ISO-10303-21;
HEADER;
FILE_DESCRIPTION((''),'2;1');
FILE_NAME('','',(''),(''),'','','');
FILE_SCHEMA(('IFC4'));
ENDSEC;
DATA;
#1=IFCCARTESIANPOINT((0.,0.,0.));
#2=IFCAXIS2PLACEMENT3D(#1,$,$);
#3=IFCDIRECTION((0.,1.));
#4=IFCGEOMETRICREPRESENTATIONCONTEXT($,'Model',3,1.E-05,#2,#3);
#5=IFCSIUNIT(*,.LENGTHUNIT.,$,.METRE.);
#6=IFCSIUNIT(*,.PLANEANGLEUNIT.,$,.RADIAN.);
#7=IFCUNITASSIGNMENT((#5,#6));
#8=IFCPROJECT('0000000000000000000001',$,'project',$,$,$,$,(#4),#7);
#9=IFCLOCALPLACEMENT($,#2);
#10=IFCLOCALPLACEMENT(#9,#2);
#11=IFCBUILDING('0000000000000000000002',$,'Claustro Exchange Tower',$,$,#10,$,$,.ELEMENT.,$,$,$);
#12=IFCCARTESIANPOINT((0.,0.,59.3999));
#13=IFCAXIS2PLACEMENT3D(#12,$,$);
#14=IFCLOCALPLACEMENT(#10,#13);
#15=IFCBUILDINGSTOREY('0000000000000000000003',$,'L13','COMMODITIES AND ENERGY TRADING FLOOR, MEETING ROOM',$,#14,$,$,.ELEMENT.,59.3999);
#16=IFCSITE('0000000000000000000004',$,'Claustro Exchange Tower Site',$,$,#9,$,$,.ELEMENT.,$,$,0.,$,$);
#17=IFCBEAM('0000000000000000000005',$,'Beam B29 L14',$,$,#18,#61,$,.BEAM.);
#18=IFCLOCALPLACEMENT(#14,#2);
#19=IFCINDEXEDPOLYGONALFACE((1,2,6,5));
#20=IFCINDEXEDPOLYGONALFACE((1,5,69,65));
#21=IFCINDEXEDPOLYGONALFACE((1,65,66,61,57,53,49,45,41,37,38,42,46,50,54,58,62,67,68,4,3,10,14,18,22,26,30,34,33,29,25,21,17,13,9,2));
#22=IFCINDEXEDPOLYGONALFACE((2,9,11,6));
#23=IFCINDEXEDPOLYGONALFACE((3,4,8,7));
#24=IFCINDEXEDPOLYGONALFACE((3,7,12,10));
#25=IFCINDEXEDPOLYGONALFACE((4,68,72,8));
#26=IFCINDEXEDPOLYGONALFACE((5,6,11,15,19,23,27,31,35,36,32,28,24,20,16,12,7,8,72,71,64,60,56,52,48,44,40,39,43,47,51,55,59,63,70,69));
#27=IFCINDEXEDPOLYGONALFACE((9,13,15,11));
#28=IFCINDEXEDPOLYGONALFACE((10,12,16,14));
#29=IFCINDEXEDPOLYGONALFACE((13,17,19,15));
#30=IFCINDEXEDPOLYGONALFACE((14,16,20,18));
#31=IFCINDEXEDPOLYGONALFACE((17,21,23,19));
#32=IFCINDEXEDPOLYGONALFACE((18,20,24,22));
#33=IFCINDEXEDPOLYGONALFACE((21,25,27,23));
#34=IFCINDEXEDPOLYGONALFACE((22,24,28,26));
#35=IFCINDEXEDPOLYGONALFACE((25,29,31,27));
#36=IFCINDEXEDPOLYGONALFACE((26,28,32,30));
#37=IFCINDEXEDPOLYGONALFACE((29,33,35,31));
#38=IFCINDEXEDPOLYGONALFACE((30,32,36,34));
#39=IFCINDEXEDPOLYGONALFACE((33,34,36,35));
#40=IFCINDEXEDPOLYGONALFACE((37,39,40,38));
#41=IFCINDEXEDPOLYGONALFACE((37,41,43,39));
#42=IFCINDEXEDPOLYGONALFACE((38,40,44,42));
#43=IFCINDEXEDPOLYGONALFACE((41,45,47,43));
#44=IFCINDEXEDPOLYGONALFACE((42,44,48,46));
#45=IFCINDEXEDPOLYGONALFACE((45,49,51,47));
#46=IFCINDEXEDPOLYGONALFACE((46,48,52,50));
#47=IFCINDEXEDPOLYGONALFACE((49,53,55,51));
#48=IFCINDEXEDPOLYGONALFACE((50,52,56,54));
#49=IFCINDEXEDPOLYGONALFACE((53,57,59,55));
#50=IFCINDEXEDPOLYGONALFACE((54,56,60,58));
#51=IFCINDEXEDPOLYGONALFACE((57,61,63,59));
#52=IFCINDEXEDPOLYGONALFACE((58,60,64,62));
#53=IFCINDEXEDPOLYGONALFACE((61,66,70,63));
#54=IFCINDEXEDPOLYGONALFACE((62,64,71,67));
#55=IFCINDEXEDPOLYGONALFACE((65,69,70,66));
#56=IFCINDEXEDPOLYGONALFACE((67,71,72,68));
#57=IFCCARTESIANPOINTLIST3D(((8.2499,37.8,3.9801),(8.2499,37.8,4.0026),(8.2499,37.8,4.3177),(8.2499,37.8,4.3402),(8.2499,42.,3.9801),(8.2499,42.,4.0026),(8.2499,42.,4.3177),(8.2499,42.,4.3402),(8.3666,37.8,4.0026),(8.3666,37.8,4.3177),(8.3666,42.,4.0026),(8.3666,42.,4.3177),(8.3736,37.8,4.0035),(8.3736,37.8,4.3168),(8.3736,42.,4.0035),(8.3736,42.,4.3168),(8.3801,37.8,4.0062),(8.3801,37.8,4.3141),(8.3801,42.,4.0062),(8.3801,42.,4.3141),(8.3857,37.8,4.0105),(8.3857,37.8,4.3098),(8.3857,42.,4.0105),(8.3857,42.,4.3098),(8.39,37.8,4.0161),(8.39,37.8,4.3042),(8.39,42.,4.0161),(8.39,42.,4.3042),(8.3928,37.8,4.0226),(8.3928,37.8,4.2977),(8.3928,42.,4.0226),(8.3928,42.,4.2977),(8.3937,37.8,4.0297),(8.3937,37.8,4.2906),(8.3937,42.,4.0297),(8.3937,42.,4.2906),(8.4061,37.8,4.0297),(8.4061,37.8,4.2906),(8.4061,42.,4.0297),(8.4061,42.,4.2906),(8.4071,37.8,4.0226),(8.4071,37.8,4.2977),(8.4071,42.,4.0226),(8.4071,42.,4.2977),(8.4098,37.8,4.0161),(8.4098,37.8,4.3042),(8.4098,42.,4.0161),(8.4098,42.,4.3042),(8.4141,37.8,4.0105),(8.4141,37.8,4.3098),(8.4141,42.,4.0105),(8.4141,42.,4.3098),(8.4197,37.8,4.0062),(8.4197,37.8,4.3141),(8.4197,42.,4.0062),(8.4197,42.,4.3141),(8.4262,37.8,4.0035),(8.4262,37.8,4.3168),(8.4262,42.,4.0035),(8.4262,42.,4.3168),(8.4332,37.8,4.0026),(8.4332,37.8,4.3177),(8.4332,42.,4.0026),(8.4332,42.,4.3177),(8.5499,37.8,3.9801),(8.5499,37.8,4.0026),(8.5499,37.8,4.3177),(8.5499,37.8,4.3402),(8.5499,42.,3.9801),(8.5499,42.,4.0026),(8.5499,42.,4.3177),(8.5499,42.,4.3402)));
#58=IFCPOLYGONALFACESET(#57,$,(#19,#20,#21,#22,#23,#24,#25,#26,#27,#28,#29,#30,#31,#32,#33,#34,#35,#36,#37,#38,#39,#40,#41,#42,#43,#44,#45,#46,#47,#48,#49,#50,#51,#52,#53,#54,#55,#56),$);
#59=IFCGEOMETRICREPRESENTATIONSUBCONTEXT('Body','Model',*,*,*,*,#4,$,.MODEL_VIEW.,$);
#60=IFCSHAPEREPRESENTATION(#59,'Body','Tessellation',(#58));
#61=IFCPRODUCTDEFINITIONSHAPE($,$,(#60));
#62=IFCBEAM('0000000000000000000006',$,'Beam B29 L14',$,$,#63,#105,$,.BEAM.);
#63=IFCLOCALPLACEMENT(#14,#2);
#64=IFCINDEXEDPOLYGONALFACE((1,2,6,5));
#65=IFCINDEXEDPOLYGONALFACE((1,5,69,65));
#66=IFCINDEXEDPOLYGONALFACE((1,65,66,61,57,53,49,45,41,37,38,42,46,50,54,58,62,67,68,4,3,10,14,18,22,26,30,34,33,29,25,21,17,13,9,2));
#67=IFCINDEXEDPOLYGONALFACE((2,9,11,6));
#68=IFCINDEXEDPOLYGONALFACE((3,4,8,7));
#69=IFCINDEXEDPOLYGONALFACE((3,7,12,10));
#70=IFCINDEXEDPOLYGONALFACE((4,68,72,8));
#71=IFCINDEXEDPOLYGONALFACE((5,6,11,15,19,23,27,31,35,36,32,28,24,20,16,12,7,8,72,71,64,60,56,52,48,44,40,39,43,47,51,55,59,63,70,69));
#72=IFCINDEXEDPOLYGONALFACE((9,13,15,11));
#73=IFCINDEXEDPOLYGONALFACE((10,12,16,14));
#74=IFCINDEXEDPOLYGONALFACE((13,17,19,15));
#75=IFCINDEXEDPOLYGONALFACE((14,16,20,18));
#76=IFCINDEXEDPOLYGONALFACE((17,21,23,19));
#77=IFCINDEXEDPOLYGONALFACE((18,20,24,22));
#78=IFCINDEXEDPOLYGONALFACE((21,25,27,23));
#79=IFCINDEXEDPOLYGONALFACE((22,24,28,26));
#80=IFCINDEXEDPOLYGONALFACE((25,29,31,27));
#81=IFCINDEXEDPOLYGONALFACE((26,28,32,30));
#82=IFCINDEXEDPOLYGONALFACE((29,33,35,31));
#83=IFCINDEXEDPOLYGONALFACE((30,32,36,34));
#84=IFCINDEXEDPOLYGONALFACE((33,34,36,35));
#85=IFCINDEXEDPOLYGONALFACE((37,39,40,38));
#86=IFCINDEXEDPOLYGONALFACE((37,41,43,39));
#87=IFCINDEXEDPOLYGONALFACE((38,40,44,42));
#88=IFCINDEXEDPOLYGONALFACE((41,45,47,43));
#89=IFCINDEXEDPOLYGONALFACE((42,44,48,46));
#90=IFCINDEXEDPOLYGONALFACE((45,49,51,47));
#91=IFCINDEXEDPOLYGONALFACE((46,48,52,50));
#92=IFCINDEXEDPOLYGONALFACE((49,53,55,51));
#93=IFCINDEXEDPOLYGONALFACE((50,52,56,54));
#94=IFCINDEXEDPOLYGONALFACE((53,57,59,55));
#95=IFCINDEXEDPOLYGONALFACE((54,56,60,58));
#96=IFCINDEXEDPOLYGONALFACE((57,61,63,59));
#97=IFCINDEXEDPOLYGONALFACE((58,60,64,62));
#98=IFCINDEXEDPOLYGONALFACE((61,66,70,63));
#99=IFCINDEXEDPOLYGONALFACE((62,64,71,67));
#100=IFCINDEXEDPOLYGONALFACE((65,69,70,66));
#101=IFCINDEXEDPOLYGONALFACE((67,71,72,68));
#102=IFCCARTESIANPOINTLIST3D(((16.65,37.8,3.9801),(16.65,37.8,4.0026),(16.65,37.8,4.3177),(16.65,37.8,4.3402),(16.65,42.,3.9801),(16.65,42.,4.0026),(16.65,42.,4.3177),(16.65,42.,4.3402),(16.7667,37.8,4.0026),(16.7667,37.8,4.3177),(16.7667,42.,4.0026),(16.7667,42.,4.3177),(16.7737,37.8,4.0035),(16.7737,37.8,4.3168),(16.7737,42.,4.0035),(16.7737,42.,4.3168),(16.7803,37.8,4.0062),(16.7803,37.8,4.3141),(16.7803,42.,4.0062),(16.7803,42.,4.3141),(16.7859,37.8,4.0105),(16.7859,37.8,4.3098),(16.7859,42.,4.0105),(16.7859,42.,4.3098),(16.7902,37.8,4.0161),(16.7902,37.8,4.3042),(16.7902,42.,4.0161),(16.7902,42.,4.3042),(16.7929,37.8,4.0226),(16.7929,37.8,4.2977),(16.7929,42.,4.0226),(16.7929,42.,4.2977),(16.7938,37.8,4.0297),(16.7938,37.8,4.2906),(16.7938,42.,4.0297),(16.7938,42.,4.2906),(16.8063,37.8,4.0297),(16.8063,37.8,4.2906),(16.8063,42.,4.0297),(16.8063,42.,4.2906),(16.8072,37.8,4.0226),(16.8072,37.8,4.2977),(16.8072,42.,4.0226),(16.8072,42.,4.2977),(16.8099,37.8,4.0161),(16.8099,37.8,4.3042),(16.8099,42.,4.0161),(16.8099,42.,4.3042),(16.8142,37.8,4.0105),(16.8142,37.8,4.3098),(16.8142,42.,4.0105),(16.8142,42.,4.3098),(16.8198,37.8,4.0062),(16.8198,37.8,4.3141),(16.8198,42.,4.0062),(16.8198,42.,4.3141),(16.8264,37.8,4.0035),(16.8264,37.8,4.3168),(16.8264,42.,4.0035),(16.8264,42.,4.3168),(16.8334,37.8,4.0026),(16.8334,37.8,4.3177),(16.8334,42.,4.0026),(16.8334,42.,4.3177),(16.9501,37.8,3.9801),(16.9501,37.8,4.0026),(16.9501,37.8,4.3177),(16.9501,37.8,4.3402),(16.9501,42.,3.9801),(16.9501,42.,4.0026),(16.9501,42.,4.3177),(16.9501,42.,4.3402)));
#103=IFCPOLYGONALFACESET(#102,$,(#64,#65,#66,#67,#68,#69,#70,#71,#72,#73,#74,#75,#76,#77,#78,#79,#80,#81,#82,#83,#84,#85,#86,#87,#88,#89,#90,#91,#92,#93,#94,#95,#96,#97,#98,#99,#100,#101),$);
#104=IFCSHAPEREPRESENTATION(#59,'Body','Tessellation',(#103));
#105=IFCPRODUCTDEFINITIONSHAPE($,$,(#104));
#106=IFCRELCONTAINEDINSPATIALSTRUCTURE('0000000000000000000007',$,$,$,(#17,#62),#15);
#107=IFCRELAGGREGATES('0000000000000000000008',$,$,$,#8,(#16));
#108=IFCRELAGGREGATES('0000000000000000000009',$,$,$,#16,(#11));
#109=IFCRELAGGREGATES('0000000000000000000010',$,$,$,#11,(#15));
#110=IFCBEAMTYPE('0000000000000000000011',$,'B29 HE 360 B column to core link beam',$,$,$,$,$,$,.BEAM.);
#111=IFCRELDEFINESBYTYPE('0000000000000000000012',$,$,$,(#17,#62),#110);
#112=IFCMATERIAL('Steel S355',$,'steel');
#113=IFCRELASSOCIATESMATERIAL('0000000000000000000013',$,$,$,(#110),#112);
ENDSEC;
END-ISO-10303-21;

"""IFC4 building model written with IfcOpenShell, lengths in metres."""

from ifc_helpers import new_model, si_unit, direction, frame, origin, origin_2d, place, context, subcontext, project, spatial, i_section, extrude, material, material_profile, profile_set, type_object, element, save


model = new_model("IFC4")

# Units and contexts
model_context = context("Model", 3, precision=1e-05, world=origin(), true_north=direction((0.0, 1.0)))
body_context = subcontext(model_context, "Body", "Model", "MODEL_VIEW")
ifc_project = project(units=[si_unit("LENGTHUNIT", "METRE"), si_unit("PLANEANGLEUNIT", "RADIAN")], contexts=[model_context])

# Site, building, storey
site_placement = place(None, origin())
site = spatial("IfcSite", under=ifc_project, at=site_placement, Name="Claustro Exchange Tower Site", CompositionType="ELEMENT", RefElevation=0.0)
building_placement = place(site_placement, origin())
building = spatial("IfcBuilding", under=site, at=building_placement, Name="Claustro Exchange Tower", CompositionType="ELEMENT")
storey_placement = place(building_placement, frame((0.0, 0.0, 59.3999)))
storey = spatial("IfcBuildingStorey", under=building, at=storey_placement, Name="L13", Description="COMMODITIES AND ENERGY TRADING FLOOR, MEETING ROOM", CompositionType="ELEMENT", Elevation=59.3999)

# Beams
ifc_material_1 = material(Name="Steel S355", Category="steel")
ifc_material_profile_1 = material_profile(ifc_material_1, i_section(OverallWidth=0.3, OverallDepth=0.3601, WebThickness=0.0125, FlangeThickness=0.0225, FilletRadius=0.0271, at=origin_2d()), Name="HE 360 B")
ifc_profile_set_1 = profile_set([ifc_material_profile_1], Name="Steel S355")
beam_type_1 = type_object("IfcBeamType", Name="B29 HE 360 B column to core link beam", PredefinedType="BEAM", material=ifc_profile_set_1)
for number, where, z_axis, x_axis, name in (
    (1, (8.3999, 37.8, 4.1602), (0.0, 1.0, 0.0), (-1.0, 0.0, 0.0), "Beam B29 L14"),
    (2, (16.8, 37.8, 4.1602), (0.0, 1.0, 0.0), (-1.0, 0.0, 0.0), "Beam B29 L14"),
):
    element("IfcBeam", number, at=place(storey_placement, frame(where, z_axis=z_axis, x_axis=x_axis)), inside=storey, type_object=beam_type_1, Name=name, PredefinedType="BEAM", context=body_context, shape_type="SweptSolid", body=[
        extrude(i_section(OverallWidth=0.3, OverallDepth=0.3601, WebThickness=0.0125, FlangeThickness=0.0225, FilletRadius=0.0271, at=origin_2d()), origin(), (0.0, 0.0, 1.0), 4.2),
    ])

save(model, "model.ifc")
